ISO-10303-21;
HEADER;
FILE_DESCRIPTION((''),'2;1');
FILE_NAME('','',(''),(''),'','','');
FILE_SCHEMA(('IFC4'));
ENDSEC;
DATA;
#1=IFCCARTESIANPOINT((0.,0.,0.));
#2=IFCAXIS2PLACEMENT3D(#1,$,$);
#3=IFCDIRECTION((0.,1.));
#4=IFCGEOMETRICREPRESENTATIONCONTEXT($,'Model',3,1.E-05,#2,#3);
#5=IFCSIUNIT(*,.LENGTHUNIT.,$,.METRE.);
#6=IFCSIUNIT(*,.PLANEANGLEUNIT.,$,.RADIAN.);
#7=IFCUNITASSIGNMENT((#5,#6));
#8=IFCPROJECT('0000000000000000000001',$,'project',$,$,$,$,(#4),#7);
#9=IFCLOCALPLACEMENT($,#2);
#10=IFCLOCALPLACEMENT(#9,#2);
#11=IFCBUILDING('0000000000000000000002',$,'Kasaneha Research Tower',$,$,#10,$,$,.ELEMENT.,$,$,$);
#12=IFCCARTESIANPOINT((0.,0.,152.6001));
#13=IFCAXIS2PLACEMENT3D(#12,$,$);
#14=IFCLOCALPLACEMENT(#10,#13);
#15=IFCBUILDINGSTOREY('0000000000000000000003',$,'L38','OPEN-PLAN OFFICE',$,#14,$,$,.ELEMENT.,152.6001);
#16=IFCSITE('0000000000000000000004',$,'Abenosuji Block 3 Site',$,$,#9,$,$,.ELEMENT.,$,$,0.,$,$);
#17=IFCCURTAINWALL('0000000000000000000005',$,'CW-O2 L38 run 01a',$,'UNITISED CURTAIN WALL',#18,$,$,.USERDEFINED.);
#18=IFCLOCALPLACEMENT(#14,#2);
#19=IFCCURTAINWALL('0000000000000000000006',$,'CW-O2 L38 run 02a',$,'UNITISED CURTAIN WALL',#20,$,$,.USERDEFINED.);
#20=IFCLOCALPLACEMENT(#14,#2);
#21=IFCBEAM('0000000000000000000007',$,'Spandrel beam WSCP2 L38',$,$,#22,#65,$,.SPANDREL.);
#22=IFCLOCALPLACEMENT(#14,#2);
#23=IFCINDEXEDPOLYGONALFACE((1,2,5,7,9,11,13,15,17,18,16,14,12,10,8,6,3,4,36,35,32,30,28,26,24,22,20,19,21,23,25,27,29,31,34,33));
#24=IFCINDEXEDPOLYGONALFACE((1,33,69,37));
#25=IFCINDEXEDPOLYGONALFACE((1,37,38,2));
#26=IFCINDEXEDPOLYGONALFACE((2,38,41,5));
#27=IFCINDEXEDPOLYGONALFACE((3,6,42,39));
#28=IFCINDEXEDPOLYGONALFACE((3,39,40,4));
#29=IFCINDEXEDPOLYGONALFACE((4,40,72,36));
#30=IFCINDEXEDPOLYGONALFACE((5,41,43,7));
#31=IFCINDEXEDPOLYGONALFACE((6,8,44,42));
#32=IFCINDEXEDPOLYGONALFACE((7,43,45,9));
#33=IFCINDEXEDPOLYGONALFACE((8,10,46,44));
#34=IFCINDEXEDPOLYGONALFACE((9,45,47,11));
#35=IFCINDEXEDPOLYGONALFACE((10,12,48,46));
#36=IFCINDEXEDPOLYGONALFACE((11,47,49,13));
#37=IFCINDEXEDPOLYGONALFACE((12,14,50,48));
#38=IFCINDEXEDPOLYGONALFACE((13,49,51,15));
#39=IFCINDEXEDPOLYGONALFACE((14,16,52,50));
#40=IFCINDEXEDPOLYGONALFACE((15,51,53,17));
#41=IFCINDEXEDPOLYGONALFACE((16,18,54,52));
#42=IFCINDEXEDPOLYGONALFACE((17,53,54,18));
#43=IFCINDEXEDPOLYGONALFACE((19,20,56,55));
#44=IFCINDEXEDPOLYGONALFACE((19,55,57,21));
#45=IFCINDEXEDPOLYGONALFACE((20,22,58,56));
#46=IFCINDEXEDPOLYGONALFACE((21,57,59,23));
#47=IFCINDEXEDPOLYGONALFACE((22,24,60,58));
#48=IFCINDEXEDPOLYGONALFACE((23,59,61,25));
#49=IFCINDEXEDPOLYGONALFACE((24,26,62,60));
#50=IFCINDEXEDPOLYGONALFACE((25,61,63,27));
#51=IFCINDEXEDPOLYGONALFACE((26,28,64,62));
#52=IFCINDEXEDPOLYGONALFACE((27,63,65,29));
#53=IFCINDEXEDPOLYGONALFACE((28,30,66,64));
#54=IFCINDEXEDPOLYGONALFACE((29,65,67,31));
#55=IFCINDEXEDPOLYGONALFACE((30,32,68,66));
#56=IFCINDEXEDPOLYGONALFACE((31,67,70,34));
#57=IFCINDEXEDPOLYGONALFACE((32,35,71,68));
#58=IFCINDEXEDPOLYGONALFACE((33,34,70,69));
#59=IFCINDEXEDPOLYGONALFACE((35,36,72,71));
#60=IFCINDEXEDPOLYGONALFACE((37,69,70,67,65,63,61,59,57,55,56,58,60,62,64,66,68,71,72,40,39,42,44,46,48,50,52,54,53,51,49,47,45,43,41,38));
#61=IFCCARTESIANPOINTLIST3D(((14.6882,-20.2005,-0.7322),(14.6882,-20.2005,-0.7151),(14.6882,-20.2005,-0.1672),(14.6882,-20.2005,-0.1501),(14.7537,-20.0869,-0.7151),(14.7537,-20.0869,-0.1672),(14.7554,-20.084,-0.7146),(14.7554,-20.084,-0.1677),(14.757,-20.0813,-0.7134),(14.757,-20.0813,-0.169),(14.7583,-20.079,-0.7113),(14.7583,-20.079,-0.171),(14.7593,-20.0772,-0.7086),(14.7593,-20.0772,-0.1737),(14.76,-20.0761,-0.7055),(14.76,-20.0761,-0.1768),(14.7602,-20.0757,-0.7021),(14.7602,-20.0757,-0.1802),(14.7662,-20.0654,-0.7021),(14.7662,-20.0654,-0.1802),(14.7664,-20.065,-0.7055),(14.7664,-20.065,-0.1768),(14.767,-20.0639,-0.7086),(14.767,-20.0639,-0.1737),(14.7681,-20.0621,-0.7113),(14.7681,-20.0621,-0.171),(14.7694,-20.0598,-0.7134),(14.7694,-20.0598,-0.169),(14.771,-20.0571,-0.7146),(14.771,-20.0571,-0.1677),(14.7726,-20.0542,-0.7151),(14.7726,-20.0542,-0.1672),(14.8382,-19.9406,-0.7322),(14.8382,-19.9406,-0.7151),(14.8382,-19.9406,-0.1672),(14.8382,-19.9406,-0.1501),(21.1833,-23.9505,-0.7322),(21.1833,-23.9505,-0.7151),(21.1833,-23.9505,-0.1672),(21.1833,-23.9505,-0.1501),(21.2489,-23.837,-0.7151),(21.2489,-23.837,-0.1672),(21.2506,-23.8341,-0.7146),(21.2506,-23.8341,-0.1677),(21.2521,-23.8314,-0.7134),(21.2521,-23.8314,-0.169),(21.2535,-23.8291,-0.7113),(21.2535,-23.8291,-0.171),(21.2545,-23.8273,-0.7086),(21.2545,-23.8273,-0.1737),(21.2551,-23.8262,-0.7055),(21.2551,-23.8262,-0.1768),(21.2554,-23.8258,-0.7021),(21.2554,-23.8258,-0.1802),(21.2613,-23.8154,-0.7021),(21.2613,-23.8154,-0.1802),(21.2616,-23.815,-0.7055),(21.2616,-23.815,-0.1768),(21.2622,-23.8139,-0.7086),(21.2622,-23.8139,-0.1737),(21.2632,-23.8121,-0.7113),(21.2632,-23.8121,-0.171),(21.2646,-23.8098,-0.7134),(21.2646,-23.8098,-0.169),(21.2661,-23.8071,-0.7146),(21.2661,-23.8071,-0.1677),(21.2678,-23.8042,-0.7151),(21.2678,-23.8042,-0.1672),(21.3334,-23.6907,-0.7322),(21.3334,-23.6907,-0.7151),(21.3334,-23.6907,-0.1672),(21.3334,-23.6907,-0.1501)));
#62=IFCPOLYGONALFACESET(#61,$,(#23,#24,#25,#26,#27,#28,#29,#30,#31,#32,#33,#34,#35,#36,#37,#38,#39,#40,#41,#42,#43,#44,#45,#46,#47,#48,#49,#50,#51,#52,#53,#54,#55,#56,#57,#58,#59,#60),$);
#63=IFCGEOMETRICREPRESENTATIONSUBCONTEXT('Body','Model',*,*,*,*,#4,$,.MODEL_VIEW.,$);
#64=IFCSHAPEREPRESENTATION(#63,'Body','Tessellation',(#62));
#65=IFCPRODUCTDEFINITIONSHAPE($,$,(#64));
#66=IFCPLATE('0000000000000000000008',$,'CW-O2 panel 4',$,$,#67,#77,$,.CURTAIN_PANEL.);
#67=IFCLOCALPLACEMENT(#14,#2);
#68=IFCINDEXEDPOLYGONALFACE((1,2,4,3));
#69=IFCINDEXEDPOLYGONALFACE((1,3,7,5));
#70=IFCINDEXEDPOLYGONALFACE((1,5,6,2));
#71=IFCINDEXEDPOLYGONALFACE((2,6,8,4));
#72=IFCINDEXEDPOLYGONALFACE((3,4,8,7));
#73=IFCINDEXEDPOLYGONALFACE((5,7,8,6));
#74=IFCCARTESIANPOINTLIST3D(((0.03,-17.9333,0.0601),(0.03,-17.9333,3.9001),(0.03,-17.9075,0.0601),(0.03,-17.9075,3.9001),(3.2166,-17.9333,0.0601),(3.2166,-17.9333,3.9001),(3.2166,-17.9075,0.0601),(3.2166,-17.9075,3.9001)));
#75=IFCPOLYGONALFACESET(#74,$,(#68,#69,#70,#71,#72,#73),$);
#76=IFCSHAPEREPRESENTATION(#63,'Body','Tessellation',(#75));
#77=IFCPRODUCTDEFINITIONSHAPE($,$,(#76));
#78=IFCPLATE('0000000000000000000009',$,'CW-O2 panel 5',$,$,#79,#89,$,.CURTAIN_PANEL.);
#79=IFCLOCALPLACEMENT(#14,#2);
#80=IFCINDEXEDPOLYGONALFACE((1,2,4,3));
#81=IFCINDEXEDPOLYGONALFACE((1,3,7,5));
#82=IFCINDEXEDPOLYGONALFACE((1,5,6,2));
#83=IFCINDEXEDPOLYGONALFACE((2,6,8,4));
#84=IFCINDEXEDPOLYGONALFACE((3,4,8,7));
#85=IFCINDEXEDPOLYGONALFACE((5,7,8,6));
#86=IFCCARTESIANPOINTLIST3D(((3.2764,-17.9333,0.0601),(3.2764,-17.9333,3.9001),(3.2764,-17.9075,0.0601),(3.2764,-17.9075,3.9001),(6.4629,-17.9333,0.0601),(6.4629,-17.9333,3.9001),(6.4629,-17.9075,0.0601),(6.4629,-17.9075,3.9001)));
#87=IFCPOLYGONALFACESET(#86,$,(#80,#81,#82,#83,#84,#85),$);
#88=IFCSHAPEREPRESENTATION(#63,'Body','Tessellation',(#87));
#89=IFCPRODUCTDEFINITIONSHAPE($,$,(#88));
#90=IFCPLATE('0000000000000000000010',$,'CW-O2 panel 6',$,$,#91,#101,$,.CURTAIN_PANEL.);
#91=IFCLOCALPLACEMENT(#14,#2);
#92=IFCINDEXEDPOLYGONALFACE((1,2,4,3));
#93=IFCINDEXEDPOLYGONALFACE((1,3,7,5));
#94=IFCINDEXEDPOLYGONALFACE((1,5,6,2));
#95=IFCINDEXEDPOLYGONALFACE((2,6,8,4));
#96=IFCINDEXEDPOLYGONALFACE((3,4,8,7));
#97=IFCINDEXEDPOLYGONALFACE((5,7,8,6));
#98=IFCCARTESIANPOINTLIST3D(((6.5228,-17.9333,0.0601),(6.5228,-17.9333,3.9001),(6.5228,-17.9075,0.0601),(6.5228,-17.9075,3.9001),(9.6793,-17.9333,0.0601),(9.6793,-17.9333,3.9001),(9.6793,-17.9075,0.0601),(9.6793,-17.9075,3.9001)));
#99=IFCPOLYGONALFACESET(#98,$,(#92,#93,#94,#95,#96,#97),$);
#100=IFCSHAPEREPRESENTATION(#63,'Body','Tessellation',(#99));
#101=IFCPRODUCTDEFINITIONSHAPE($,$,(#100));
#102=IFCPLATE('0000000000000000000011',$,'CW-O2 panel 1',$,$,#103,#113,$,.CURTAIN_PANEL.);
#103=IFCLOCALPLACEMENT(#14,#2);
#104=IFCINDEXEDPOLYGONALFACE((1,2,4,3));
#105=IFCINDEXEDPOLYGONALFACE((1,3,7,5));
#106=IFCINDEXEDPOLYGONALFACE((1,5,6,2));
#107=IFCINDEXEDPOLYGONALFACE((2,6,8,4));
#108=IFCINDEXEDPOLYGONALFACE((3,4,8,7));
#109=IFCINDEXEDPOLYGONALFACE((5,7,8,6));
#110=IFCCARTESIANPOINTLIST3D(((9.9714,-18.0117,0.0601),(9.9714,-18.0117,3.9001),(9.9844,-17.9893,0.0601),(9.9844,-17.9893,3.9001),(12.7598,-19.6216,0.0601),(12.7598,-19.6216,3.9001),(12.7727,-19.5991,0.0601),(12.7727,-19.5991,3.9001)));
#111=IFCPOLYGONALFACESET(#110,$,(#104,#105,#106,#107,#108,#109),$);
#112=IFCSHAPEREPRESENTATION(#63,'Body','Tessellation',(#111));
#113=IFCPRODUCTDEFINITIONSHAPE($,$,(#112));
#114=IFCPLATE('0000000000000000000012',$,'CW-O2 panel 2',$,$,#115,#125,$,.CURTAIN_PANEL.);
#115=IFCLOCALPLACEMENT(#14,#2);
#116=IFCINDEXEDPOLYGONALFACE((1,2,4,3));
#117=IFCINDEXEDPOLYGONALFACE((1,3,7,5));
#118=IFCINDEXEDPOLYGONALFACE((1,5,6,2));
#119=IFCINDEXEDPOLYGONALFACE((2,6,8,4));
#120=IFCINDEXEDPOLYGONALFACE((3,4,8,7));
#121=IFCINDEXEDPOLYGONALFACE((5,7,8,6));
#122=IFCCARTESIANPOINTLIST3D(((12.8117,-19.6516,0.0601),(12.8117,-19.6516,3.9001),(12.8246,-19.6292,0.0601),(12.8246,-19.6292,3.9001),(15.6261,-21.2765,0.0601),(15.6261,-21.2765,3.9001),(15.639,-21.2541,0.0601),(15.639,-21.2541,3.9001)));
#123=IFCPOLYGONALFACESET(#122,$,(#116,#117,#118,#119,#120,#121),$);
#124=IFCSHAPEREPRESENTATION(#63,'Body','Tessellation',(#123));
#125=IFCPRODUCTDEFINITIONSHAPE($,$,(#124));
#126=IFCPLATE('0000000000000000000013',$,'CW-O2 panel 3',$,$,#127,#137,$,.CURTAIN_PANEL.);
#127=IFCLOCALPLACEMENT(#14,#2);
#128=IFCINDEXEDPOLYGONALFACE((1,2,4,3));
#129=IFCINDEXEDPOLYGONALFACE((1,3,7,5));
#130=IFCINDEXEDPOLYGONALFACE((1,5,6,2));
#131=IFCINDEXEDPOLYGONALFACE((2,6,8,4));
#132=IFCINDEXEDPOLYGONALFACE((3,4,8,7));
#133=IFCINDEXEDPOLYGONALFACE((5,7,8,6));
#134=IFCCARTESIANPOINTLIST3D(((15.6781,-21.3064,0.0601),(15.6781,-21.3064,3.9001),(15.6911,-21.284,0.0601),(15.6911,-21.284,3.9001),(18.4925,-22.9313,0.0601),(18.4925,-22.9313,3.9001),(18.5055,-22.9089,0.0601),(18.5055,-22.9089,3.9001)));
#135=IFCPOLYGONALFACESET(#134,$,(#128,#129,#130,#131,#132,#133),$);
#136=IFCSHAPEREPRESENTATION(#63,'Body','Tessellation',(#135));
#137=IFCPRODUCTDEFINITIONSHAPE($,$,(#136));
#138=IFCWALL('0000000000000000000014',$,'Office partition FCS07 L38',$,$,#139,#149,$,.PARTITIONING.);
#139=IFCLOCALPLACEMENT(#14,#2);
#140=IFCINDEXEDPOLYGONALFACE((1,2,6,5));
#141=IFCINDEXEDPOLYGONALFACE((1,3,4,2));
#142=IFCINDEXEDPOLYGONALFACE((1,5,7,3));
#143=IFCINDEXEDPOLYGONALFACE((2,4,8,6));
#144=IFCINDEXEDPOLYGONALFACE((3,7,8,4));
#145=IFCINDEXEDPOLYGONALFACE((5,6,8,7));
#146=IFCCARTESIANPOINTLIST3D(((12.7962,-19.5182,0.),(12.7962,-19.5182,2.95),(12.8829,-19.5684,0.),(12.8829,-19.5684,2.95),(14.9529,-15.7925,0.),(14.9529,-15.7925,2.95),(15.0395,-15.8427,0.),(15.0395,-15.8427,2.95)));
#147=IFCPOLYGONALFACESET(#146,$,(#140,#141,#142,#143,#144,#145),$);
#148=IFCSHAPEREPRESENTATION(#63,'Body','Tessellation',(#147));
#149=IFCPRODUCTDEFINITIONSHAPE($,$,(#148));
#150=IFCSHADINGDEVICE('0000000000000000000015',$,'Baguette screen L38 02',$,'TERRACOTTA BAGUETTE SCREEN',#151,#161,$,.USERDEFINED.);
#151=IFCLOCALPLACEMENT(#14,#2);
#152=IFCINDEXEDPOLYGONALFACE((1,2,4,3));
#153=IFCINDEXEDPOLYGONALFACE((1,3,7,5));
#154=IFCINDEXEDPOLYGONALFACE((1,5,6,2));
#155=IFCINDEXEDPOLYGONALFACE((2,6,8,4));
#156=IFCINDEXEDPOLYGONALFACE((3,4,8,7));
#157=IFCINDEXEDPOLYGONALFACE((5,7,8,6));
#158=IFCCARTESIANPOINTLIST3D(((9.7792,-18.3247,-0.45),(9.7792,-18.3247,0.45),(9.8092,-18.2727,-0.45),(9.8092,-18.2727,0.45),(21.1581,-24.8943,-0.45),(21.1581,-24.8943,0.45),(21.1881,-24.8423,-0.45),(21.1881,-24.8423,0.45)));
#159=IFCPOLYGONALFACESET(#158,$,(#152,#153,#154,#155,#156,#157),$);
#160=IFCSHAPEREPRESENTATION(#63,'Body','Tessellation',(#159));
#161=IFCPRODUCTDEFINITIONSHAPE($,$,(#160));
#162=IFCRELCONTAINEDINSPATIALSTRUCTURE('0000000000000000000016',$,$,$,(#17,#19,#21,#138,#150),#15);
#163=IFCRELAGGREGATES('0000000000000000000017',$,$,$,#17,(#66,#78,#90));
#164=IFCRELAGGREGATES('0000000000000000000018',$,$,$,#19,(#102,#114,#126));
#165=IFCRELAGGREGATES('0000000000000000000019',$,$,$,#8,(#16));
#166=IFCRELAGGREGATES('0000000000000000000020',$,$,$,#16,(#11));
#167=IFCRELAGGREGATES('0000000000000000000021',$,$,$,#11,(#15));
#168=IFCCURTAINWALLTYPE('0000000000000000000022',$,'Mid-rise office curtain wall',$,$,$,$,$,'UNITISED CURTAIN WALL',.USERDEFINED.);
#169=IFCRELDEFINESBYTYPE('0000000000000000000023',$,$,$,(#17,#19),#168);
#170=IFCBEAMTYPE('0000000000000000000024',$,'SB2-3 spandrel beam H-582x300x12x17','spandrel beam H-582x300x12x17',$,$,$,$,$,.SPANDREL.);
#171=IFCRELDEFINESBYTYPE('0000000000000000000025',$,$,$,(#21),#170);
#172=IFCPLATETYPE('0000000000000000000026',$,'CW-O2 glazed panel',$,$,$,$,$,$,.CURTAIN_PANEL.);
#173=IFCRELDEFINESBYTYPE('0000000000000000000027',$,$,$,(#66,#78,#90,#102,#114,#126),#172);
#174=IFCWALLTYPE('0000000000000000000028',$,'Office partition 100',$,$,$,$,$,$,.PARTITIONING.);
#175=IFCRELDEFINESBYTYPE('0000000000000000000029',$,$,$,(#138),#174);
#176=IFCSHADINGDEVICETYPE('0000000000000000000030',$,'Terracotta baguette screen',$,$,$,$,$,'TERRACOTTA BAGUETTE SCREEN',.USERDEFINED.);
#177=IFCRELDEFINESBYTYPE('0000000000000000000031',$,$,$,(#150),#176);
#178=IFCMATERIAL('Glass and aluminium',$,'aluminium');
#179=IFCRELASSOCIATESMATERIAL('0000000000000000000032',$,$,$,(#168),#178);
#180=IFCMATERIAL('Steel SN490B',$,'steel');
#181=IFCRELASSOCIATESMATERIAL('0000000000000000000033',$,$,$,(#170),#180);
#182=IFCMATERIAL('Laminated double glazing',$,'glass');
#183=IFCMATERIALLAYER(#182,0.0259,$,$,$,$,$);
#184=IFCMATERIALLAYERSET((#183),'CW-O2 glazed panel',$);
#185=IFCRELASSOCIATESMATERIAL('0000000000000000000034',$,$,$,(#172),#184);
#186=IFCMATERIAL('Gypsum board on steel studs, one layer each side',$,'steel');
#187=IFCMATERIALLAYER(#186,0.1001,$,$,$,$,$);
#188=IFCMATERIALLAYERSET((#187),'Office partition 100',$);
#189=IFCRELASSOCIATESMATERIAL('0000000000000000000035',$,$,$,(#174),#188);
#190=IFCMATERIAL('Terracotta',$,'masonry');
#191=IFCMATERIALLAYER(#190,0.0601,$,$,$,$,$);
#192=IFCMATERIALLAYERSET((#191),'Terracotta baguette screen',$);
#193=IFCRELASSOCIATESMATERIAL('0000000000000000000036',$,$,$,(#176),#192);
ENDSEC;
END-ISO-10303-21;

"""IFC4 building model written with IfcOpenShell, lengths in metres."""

from ifc_helpers import new_model, si_unit, direction, frame, frame_2d, origin, origin_2d, place, context, subcontext, project, spatial, rectangle, i_section, extrude, material, layer, layer_set, material_profile, profile_set, type_object, element, aggregate, save


model = new_model("IFC4")

# Units and contexts
model_context = context("Model", 3, precision=1e-05, world=origin(), true_north=direction((0.0, 1.0)))
body_context = subcontext(model_context, "Body", "Model", "MODEL_VIEW")
ifc_project = project(units=[si_unit("LENGTHUNIT", "METRE"), si_unit("PLANEANGLEUNIT", "RADIAN")], contexts=[model_context])

# Site, building, storey
site_placement = place(None, origin())
site = spatial("IfcSite", under=ifc_project, at=site_placement, Name="Abenosuji Block 3 Site", CompositionType="ELEMENT", RefElevation=0.0)
building_placement = place(site_placement, origin())
building = spatial("IfcBuilding", under=site, at=building_placement, Name="Kasaneha Research Tower", CompositionType="ELEMENT")
storey_placement = place(building_placement, frame((0.0, 0.0, 152.6001)))
storey = spatial("IfcBuildingStorey", under=building, at=storey_placement, Name="L38", Description="OPEN-PLAN OFFICE", CompositionType="ELEMENT", Elevation=152.6001)

# Curtain walls
ifc_material_1 = material(Name="Glass and aluminium", Category="aluminium")
curtain_wall_type = type_object("IfcCurtainWallType", Name="Mid-rise office curtain wall", ElementType="UNITISED CURTAIN WALL", PredefinedType="USERDEFINED", material=ifc_material_1)
curtain_wall_1_placement = place(storey_placement, origin())
curtain_wall_1 = element("IfcCurtainWall", 1, at=curtain_wall_1_placement, inside=storey, type_object=curtain_wall_type, Name="CW-O2 L38 run 01a", ObjectType="UNITISED CURTAIN WALL", PredefinedType="USERDEFINED")
curtain_wall_2_placement = place(storey_placement, origin())
curtain_wall_2 = element("IfcCurtainWall", 2, at=curtain_wall_2_placement, inside=storey, type_object=curtain_wall_type, Name="CW-O2 L38 run 02a", ObjectType="UNITISED CURTAIN WALL", PredefinedType="USERDEFINED")

# Beam
ifc_material_2 = material(Name="Steel SN490B", Category="steel")
ifc_material_profile_1 = material_profile(ifc_material_2, i_section(OverallWidth=0.3, OverallDepth=0.582, WebThickness=0.012, FlangeThickness=0.0171, FilletRadius=0.0129, at=origin_2d()), Name="H-582x300x12x17")
ifc_profile_set_1 = profile_set([ifc_material_profile_1], Name="Steel SN490B")
beam_type_1 = type_object("IfcBeamType", Name="SB2-3 spandrel beam H-582x300x12x17", Description="spandrel beam H-582x300x12x17", PredefinedType="SPANDREL", material=ifc_profile_set_1)
beam_1_placement = place(storey_placement, frame((14.7632, -20.0706, -0.4412), z_axis=(0.866023, -0.500004, 0.0), x_axis=(0.500004, 0.866023, 0.0)))
element("IfcBeam", 3, at=beam_1_placement, inside=storey, type_object=beam_type_1, Name="Spandrel beam WSCP2 L38", PredefinedType="SPANDREL", context=body_context, shape_type="SweptSolid", body=[
    extrude(i_section(OverallWidth=0.3, OverallDepth=0.582, WebThickness=0.012, FlangeThickness=0.0171, FilletRadius=0.0129, at=origin_2d()), origin(), (0.0, 0.0, 1.0), 7.5),
])

# Plates
ifc_material_3 = material(Name="Laminated double glazing", Category="glass")
ifc_layer_1 = layer(ifc_material_3, 0.0259)
ifc_layer_set_1 = layer_set([ifc_layer_1], Name="CW-O2 glazed panel")
plate_type = type_object("IfcPlateType", Name="CW-O2 glazed panel", PredefinedType="CURTAIN_PANEL", material=ifc_layer_set_1)
plate_1_placement = place(storey_placement, frame((1.6233, -17.9204, 0.0601), z_axis=(0.0, 0.0, 1.0), x_axis=(1.0, 0.0, 0.0)))
plate_1 = element("IfcPlate", 4, at=plate_1_placement, type_object=plate_type, Name="CW-O2 panel 4", PredefinedType="CURTAIN_PANEL", context=body_context, shape_type="SweptSolid", body=[
    extrude(rectangle(XDim=3.1865, YDim=0.0259, at=origin_2d()), origin(), (0.0, 0.0, 1.0), 3.8401),
])
plate_2_placement = place(storey_placement, frame((4.8696, -17.9204, 0.0601), z_axis=(0.0, 0.0, 1.0), x_axis=(1.0, 0.0, 0.0)))
plate_2 = element("IfcPlate", 5, at=plate_2_placement, type_object=plate_type, Name="CW-O2 panel 5", PredefinedType="CURTAIN_PANEL", context=body_context, shape_type="SweptSolid", body=[
    extrude(rectangle(XDim=3.1865, YDim=0.0259, at=origin_2d()), origin(), (0.0, 0.0, 1.0), 3.8401),
])
plate_3_placement = place(storey_placement, frame((8.1011, -17.9204, 0.0601), z_axis=(0.0, 0.0, 1.0), x_axis=(1.0, 0.0, 0.0)))
plate_3 = element("IfcPlate", 6, at=plate_3_placement, type_object=plate_type, Name="CW-O2 panel 6", PredefinedType="CURTAIN_PANEL", context=body_context, shape_type="SweptSolid", body=[
    extrude(rectangle(XDim=3.1565, YDim=0.0259, at=origin_2d()), origin(), (0.0, 0.0, 1.0), 3.8401),
])
aggregate(curtain_wall_1, [plate_1, plate_2, plate_3])
plate_4_placement = place(storey_placement, frame((11.3721, -18.8054, 0.0601), z_axis=(0.0, 0.0, 1.0), x_axis=(0.866025, -0.5, 0.0)))
plate_4 = element("IfcPlate", 7, at=plate_4_placement, type_object=plate_type, Name="CW-O2 panel 1", PredefinedType="CURTAIN_PANEL", context=body_context, shape_type="SweptSolid", body=[
    extrude(rectangle(XDim=3.2197, YDim=0.0259, at=origin_2d()), origin(), (0.0, 0.0, 1.0), 3.8401),
])
plate_5_placement = place(storey_placement, frame((14.2253, -20.4529, 0.0601), z_axis=(0.0, 0.0, 1.0), x_axis=(0.866025, -0.5, 0.0)))
plate_5 = element("IfcPlate", 8, at=plate_5_placement, type_object=plate_type, Name="CW-O2 panel 2", PredefinedType="CURTAIN_PANEL", context=body_context, shape_type="SweptSolid", body=[
    extrude(rectangle(XDim=3.2498, YDim=0.0259, at=origin_2d()), origin(), (0.0, 0.0, 1.0), 3.8401),
])
plate_6_placement = place(storey_placement, frame((17.0918, -22.1077, 0.0601), z_axis=(0.0, 0.0, 1.0), x_axis=(0.866025, -0.5, 0.0)))
plate_6 = element("IfcPlate", 9, at=plate_6_placement, type_object=plate_type, Name="CW-O2 panel 3", PredefinedType="CURTAIN_PANEL", context=body_context, shape_type="SweptSolid", body=[
    extrude(rectangle(XDim=3.2498, YDim=0.0259, at=origin_2d()), origin(), (0.0, 0.0, 1.0), 3.8401),
])
aggregate(curtain_wall_2, [plate_4, plate_5, plate_6])

# Wall
ifc_material_4 = material(Name="Gypsum board on steel studs, one layer each side", Category="steel")
ifc_layer_2 = layer(ifc_material_4, 0.1001)
ifc_layer_set_2 = layer_set([ifc_layer_2], Name="Office partition 100")
wall_type = type_object("IfcWallType", Name="Office partition 100", PredefinedType="PARTITIONING", material=ifc_layer_set_2)
wall_placement = place(storey_placement, frame((12.8396, -19.5432, 0.0), z_axis=(0.0, 0.0, 1.0), x_axis=(0.50098, 0.865459, 0.0)))
element("IfcWall", 10, at=wall_placement, inside=storey, type_object=wall_type, Name="Office partition FCS07 L38", PredefinedType="PARTITIONING", context=body_context, shape_type="SweptSolid", body=[
    extrude(rectangle(XDim=4.3049, YDim=0.1001, at=frame_2d((2.1523, 0.0))), origin(), (0.0, 0.0, 1.0), 2.95),
])

# Shading device
ifc_material_5 = material(Name="Terracotta", Category="masonry")
ifc_layer_3 = layer(ifc_material_5, 0.0601)
ifc_layer_set_3 = layer_set([ifc_layer_3], Name="Terracotta baguette screen")
shading_device_type = type_object("IfcShadingDeviceType", Name="Terracotta baguette screen", ElementType="TERRACOTTA BAGUETTE SCREEN", PredefinedType="USERDEFINED", material=ifc_layer_set_3)
shading_device_placement = place(storey_placement, frame((15.4836, -21.5835, -0.45), z_axis=(0.0, 0.0, 1.0), x_axis=(0.866025, -0.5, 0.0)))
element("IfcShadingDevice", 11, at=shading_device_placement, inside=storey, type_object=shading_device_type, Name="Baguette screen L38 02", ObjectType="TERRACOTTA BAGUETTE SCREEN", PredefinedType="USERDEFINED", context=body_context, shape_type="SweptSolid", body=[
    extrude(rectangle(XDim=13.1392, YDim=0.0601, at=origin_2d()), origin(), (0.0, 0.0, 1.0), 0.8999),
])

save(model, "model.ifc")
